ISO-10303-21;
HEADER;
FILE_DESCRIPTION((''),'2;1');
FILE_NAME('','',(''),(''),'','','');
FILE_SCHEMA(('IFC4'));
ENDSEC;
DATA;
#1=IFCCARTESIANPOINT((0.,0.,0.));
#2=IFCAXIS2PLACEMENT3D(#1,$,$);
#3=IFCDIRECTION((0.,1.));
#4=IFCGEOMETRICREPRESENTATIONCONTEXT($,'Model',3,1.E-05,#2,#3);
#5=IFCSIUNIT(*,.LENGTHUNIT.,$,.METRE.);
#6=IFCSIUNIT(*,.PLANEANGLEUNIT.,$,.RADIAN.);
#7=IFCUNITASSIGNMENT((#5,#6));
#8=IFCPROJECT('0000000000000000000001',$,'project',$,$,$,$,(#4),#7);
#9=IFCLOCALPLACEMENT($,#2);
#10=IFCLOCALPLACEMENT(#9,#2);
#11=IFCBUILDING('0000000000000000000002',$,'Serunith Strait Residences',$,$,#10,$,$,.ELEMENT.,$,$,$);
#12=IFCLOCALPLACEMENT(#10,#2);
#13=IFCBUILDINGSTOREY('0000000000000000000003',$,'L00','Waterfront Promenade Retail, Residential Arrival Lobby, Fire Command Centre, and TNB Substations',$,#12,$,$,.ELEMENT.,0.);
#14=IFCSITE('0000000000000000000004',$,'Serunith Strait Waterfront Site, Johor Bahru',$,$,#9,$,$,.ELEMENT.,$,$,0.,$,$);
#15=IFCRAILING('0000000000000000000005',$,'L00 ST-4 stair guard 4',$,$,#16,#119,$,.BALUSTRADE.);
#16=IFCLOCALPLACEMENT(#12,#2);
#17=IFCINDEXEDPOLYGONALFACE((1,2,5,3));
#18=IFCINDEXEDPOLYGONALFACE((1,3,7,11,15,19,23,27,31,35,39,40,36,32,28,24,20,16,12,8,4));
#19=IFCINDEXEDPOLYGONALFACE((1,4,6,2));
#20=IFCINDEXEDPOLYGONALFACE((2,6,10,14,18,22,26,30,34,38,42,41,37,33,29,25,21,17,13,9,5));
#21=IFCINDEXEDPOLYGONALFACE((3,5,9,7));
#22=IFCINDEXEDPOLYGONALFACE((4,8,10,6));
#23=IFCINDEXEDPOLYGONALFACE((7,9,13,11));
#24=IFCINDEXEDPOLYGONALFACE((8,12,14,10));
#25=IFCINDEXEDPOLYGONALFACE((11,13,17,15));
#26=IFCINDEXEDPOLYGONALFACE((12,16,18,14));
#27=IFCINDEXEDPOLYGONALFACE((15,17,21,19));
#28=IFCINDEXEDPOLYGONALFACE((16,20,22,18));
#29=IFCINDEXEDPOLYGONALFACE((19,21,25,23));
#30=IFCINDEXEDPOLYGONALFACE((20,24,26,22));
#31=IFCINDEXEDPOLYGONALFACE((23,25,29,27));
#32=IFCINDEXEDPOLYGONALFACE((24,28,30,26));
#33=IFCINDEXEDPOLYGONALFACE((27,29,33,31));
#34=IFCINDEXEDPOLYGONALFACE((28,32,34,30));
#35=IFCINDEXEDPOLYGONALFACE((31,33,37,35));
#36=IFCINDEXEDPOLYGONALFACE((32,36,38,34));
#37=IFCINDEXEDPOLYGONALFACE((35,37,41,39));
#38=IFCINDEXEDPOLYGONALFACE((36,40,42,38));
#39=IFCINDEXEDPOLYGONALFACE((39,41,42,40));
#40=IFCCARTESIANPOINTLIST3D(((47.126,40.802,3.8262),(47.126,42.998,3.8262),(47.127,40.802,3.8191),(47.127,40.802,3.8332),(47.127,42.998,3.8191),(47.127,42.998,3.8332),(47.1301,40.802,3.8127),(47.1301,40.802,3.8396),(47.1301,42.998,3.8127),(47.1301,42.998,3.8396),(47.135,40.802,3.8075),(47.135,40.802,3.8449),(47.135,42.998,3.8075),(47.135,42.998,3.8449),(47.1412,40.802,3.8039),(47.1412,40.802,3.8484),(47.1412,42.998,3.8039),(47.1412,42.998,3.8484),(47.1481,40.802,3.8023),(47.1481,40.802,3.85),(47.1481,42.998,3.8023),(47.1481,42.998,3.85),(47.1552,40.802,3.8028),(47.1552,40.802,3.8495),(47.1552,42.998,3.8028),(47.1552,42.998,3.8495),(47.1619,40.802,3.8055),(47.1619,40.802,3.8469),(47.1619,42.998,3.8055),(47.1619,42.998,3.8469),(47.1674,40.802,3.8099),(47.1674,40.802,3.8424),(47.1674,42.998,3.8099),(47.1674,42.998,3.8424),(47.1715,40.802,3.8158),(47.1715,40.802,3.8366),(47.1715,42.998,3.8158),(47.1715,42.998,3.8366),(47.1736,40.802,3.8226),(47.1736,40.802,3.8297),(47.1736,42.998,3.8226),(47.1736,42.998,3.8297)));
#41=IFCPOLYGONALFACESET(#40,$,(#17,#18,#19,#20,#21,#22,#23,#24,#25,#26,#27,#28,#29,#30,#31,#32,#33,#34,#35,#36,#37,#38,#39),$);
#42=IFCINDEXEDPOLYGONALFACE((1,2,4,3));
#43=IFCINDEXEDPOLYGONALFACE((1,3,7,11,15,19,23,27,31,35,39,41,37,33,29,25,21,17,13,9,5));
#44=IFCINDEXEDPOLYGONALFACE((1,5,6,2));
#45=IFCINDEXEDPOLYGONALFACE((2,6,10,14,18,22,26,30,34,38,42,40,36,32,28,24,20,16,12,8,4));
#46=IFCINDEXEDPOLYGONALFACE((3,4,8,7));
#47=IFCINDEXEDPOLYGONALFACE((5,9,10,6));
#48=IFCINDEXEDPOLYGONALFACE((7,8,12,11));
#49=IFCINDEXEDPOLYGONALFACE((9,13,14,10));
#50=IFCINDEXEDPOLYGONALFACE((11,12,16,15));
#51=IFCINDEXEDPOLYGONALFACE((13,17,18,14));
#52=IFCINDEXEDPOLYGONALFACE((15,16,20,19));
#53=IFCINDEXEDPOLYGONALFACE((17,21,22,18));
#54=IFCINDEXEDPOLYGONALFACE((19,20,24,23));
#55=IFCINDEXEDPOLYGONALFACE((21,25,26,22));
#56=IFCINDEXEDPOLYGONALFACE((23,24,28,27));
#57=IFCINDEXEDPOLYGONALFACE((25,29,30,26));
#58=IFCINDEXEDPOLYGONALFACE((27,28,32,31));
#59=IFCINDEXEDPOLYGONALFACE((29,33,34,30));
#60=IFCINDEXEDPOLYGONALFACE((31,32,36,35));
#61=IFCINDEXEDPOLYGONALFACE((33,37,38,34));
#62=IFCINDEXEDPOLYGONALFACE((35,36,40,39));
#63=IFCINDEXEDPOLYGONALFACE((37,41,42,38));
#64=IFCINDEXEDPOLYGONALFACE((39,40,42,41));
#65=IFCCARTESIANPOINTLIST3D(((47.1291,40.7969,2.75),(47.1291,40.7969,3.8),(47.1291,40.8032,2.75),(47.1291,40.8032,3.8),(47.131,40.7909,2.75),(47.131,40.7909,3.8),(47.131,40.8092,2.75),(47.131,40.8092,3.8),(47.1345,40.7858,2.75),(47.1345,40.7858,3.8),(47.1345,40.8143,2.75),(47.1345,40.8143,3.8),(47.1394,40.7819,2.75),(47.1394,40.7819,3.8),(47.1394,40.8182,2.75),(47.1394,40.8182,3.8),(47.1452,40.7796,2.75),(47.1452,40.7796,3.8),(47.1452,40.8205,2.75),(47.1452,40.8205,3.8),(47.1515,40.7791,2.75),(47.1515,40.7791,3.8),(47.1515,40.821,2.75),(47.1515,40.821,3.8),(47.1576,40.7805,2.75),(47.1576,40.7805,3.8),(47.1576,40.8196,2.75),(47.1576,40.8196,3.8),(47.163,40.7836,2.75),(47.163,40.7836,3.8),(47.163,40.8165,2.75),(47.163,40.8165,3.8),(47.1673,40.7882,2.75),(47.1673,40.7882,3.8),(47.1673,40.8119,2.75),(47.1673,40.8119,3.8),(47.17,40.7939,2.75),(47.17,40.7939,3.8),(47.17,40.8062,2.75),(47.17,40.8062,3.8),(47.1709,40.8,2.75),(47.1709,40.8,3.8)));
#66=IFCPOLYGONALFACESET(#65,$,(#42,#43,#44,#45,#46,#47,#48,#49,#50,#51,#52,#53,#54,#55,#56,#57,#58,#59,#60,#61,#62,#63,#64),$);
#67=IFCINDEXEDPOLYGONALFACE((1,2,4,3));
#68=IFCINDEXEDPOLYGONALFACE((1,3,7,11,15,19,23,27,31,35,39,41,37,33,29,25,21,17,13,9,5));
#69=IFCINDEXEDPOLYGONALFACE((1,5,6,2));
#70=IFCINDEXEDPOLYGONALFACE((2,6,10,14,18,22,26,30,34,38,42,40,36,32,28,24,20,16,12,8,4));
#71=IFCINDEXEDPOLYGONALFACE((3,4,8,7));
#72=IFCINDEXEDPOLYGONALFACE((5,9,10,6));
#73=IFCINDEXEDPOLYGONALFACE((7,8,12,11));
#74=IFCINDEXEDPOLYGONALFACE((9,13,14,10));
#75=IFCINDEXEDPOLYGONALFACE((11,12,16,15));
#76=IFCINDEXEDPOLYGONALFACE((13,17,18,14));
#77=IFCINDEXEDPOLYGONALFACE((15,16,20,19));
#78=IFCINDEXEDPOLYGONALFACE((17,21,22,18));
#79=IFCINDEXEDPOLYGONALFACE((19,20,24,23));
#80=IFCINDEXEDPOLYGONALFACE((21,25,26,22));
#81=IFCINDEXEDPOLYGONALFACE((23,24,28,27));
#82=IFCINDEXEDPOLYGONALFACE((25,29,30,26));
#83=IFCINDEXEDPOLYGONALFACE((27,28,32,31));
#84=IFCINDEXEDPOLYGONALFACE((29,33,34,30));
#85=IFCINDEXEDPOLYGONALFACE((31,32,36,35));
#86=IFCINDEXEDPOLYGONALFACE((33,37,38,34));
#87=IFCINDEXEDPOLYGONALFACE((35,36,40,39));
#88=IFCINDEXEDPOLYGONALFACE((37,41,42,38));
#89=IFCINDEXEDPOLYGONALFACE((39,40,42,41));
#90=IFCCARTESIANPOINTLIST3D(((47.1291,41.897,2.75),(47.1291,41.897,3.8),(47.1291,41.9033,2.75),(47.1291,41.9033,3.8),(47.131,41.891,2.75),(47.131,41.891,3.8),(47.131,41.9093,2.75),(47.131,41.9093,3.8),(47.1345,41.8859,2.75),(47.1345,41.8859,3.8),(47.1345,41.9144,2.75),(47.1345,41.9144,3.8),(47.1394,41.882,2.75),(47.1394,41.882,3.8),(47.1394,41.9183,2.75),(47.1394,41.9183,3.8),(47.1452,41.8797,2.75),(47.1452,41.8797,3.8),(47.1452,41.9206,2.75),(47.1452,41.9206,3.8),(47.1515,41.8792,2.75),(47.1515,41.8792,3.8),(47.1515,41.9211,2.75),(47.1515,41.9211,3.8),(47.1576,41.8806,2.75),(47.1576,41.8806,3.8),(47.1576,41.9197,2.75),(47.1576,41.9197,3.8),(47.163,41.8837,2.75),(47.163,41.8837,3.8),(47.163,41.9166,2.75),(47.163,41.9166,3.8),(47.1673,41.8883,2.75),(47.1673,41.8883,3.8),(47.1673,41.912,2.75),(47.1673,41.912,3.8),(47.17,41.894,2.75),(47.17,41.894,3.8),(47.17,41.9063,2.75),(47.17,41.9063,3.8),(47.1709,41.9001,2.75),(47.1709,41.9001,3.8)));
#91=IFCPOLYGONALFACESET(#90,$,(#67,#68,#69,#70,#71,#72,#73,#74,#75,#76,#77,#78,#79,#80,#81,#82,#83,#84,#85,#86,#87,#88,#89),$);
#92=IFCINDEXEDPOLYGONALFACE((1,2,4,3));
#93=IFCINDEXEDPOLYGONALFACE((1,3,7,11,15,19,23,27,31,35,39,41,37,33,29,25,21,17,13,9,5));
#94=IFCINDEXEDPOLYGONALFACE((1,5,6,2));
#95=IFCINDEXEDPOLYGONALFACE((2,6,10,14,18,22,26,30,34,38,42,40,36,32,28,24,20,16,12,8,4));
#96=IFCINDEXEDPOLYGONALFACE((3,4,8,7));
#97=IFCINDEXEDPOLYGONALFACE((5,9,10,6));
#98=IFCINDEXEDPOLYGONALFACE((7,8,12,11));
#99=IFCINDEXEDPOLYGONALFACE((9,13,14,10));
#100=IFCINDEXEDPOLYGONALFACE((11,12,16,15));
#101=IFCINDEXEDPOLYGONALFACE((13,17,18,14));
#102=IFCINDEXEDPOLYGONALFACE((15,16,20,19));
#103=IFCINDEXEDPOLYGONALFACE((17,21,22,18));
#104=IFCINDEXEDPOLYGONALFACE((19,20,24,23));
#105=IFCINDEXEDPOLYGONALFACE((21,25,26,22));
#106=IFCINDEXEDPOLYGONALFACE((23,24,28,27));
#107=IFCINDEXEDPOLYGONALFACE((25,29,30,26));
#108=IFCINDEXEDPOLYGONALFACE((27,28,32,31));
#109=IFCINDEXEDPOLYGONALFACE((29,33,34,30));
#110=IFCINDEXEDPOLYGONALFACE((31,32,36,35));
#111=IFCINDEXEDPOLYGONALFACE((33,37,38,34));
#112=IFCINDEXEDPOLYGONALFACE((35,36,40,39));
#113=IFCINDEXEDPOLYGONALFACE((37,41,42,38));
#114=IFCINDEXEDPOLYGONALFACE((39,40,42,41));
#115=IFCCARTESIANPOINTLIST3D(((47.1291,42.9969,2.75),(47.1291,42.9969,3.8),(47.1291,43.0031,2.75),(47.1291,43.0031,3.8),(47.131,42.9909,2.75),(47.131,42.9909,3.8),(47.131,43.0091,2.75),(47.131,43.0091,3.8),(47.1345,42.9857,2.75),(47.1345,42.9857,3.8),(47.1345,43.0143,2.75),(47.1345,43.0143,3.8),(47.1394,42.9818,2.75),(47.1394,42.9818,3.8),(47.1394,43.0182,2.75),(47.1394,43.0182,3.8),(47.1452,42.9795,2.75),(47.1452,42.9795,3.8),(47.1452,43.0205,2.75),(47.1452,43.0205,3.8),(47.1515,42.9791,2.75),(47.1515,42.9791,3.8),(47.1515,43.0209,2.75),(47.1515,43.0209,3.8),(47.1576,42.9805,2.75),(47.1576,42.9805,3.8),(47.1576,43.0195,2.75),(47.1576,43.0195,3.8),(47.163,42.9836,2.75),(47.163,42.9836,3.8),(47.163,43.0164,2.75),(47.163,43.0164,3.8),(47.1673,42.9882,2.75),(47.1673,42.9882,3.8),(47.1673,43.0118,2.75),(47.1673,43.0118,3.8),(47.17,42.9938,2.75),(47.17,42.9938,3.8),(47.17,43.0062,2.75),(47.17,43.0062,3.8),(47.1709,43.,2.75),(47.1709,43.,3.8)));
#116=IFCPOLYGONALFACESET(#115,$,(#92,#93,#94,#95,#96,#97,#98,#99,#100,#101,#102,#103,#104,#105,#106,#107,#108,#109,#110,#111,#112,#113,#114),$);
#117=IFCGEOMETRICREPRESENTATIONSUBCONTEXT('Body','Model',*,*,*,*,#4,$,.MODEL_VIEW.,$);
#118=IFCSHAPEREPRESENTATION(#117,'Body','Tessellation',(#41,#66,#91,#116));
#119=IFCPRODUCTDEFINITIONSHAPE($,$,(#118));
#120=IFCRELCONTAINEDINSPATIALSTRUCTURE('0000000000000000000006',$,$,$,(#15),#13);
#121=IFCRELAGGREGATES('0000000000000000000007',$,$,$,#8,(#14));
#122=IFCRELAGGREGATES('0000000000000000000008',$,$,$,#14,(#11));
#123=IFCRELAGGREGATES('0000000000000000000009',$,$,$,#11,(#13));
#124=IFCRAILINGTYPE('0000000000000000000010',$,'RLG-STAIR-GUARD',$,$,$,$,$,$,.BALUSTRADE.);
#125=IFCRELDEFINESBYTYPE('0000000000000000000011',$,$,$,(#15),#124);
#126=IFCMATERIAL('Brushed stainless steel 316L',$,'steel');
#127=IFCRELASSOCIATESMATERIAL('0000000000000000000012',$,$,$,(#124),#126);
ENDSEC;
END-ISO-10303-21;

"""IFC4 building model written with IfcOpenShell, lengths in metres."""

from ifc_helpers import new_model, si_unit, direction, frame, origin, origin_2d, place, context, subcontext, project, spatial, circle, extrude, material, type_object, element, save


model = new_model("IFC4")

# Units and contexts
model_context = context("Model", 3, precision=1e-05, world=origin(), true_north=direction((0.0, 1.0)))
body_context = subcontext(model_context, "Body", "Model", "MODEL_VIEW")
ifc_project = project(units=[si_unit("LENGTHUNIT", "METRE"), si_unit("PLANEANGLEUNIT", "RADIAN")], contexts=[model_context])

# Site, building, storey
site_placement = place(None, origin())
site = spatial("IfcSite", under=ifc_project, at=site_placement, Name="Serunith Strait Waterfront Site, Johor Bahru", CompositionType="ELEMENT", RefElevation=0.0)
building_placement = place(site_placement, origin())
building = spatial("IfcBuilding", under=site, at=building_placement, Name="Serunith Strait Residences", CompositionType="ELEMENT")
storey_placement = place(building_placement, origin())
storey = spatial("IfcBuildingStorey", under=building, at=storey_placement, Name="L00", Description="Waterfront Promenade Retail, Residential Arrival Lobby, Fire Command Centre, and TNB Substations", CompositionType="ELEMENT", Elevation=0.0)

# Railing
ifc_material_1 = material(Name="Brushed stainless steel 316L", Category="steel")
railing_type_1 = type_object("IfcRailingType", Name="RLG-STAIR-GUARD", PredefinedType="BALUSTRADE", material=ifc_material_1)
for number, where, name in (
    (1, (47.1499, 40.8, 2.75), "L00 ST-4 stair guard 4"),
):
    element("IfcRailing", number, at=place(storey_placement, frame(where)), inside=storey, type_object=railing_type_1, Name=name, PredefinedType="BALUSTRADE", context=body_context, shape_type="SweptSolid", body=[
        extrude(circle(Radius=0.0239, at=origin_2d()), frame((0.0, 0.002, 1.0762), z_axis=(0.0, 1.0, 0.0), x_axis=(-1.0, 0.0, 0.0)), (0.0, 0.0, 1.0), 2.196),
        extrude(circle(Radius=0.021, at=origin_2d()), origin(), (0.0, 0.0, 1.0), 1.05),
        extrude(circle(Radius=0.021, at=origin_2d()), frame((0.0, 1.1001, 0.0)), (0.0, 0.0, 1.0), 1.05),
        extrude(circle(Radius=0.021, at=origin_2d()), frame((0.0, 2.2, 0.0)), (0.0, 0.0, 1.0), 1.05),
    ])

save(model, "model.ifc")
